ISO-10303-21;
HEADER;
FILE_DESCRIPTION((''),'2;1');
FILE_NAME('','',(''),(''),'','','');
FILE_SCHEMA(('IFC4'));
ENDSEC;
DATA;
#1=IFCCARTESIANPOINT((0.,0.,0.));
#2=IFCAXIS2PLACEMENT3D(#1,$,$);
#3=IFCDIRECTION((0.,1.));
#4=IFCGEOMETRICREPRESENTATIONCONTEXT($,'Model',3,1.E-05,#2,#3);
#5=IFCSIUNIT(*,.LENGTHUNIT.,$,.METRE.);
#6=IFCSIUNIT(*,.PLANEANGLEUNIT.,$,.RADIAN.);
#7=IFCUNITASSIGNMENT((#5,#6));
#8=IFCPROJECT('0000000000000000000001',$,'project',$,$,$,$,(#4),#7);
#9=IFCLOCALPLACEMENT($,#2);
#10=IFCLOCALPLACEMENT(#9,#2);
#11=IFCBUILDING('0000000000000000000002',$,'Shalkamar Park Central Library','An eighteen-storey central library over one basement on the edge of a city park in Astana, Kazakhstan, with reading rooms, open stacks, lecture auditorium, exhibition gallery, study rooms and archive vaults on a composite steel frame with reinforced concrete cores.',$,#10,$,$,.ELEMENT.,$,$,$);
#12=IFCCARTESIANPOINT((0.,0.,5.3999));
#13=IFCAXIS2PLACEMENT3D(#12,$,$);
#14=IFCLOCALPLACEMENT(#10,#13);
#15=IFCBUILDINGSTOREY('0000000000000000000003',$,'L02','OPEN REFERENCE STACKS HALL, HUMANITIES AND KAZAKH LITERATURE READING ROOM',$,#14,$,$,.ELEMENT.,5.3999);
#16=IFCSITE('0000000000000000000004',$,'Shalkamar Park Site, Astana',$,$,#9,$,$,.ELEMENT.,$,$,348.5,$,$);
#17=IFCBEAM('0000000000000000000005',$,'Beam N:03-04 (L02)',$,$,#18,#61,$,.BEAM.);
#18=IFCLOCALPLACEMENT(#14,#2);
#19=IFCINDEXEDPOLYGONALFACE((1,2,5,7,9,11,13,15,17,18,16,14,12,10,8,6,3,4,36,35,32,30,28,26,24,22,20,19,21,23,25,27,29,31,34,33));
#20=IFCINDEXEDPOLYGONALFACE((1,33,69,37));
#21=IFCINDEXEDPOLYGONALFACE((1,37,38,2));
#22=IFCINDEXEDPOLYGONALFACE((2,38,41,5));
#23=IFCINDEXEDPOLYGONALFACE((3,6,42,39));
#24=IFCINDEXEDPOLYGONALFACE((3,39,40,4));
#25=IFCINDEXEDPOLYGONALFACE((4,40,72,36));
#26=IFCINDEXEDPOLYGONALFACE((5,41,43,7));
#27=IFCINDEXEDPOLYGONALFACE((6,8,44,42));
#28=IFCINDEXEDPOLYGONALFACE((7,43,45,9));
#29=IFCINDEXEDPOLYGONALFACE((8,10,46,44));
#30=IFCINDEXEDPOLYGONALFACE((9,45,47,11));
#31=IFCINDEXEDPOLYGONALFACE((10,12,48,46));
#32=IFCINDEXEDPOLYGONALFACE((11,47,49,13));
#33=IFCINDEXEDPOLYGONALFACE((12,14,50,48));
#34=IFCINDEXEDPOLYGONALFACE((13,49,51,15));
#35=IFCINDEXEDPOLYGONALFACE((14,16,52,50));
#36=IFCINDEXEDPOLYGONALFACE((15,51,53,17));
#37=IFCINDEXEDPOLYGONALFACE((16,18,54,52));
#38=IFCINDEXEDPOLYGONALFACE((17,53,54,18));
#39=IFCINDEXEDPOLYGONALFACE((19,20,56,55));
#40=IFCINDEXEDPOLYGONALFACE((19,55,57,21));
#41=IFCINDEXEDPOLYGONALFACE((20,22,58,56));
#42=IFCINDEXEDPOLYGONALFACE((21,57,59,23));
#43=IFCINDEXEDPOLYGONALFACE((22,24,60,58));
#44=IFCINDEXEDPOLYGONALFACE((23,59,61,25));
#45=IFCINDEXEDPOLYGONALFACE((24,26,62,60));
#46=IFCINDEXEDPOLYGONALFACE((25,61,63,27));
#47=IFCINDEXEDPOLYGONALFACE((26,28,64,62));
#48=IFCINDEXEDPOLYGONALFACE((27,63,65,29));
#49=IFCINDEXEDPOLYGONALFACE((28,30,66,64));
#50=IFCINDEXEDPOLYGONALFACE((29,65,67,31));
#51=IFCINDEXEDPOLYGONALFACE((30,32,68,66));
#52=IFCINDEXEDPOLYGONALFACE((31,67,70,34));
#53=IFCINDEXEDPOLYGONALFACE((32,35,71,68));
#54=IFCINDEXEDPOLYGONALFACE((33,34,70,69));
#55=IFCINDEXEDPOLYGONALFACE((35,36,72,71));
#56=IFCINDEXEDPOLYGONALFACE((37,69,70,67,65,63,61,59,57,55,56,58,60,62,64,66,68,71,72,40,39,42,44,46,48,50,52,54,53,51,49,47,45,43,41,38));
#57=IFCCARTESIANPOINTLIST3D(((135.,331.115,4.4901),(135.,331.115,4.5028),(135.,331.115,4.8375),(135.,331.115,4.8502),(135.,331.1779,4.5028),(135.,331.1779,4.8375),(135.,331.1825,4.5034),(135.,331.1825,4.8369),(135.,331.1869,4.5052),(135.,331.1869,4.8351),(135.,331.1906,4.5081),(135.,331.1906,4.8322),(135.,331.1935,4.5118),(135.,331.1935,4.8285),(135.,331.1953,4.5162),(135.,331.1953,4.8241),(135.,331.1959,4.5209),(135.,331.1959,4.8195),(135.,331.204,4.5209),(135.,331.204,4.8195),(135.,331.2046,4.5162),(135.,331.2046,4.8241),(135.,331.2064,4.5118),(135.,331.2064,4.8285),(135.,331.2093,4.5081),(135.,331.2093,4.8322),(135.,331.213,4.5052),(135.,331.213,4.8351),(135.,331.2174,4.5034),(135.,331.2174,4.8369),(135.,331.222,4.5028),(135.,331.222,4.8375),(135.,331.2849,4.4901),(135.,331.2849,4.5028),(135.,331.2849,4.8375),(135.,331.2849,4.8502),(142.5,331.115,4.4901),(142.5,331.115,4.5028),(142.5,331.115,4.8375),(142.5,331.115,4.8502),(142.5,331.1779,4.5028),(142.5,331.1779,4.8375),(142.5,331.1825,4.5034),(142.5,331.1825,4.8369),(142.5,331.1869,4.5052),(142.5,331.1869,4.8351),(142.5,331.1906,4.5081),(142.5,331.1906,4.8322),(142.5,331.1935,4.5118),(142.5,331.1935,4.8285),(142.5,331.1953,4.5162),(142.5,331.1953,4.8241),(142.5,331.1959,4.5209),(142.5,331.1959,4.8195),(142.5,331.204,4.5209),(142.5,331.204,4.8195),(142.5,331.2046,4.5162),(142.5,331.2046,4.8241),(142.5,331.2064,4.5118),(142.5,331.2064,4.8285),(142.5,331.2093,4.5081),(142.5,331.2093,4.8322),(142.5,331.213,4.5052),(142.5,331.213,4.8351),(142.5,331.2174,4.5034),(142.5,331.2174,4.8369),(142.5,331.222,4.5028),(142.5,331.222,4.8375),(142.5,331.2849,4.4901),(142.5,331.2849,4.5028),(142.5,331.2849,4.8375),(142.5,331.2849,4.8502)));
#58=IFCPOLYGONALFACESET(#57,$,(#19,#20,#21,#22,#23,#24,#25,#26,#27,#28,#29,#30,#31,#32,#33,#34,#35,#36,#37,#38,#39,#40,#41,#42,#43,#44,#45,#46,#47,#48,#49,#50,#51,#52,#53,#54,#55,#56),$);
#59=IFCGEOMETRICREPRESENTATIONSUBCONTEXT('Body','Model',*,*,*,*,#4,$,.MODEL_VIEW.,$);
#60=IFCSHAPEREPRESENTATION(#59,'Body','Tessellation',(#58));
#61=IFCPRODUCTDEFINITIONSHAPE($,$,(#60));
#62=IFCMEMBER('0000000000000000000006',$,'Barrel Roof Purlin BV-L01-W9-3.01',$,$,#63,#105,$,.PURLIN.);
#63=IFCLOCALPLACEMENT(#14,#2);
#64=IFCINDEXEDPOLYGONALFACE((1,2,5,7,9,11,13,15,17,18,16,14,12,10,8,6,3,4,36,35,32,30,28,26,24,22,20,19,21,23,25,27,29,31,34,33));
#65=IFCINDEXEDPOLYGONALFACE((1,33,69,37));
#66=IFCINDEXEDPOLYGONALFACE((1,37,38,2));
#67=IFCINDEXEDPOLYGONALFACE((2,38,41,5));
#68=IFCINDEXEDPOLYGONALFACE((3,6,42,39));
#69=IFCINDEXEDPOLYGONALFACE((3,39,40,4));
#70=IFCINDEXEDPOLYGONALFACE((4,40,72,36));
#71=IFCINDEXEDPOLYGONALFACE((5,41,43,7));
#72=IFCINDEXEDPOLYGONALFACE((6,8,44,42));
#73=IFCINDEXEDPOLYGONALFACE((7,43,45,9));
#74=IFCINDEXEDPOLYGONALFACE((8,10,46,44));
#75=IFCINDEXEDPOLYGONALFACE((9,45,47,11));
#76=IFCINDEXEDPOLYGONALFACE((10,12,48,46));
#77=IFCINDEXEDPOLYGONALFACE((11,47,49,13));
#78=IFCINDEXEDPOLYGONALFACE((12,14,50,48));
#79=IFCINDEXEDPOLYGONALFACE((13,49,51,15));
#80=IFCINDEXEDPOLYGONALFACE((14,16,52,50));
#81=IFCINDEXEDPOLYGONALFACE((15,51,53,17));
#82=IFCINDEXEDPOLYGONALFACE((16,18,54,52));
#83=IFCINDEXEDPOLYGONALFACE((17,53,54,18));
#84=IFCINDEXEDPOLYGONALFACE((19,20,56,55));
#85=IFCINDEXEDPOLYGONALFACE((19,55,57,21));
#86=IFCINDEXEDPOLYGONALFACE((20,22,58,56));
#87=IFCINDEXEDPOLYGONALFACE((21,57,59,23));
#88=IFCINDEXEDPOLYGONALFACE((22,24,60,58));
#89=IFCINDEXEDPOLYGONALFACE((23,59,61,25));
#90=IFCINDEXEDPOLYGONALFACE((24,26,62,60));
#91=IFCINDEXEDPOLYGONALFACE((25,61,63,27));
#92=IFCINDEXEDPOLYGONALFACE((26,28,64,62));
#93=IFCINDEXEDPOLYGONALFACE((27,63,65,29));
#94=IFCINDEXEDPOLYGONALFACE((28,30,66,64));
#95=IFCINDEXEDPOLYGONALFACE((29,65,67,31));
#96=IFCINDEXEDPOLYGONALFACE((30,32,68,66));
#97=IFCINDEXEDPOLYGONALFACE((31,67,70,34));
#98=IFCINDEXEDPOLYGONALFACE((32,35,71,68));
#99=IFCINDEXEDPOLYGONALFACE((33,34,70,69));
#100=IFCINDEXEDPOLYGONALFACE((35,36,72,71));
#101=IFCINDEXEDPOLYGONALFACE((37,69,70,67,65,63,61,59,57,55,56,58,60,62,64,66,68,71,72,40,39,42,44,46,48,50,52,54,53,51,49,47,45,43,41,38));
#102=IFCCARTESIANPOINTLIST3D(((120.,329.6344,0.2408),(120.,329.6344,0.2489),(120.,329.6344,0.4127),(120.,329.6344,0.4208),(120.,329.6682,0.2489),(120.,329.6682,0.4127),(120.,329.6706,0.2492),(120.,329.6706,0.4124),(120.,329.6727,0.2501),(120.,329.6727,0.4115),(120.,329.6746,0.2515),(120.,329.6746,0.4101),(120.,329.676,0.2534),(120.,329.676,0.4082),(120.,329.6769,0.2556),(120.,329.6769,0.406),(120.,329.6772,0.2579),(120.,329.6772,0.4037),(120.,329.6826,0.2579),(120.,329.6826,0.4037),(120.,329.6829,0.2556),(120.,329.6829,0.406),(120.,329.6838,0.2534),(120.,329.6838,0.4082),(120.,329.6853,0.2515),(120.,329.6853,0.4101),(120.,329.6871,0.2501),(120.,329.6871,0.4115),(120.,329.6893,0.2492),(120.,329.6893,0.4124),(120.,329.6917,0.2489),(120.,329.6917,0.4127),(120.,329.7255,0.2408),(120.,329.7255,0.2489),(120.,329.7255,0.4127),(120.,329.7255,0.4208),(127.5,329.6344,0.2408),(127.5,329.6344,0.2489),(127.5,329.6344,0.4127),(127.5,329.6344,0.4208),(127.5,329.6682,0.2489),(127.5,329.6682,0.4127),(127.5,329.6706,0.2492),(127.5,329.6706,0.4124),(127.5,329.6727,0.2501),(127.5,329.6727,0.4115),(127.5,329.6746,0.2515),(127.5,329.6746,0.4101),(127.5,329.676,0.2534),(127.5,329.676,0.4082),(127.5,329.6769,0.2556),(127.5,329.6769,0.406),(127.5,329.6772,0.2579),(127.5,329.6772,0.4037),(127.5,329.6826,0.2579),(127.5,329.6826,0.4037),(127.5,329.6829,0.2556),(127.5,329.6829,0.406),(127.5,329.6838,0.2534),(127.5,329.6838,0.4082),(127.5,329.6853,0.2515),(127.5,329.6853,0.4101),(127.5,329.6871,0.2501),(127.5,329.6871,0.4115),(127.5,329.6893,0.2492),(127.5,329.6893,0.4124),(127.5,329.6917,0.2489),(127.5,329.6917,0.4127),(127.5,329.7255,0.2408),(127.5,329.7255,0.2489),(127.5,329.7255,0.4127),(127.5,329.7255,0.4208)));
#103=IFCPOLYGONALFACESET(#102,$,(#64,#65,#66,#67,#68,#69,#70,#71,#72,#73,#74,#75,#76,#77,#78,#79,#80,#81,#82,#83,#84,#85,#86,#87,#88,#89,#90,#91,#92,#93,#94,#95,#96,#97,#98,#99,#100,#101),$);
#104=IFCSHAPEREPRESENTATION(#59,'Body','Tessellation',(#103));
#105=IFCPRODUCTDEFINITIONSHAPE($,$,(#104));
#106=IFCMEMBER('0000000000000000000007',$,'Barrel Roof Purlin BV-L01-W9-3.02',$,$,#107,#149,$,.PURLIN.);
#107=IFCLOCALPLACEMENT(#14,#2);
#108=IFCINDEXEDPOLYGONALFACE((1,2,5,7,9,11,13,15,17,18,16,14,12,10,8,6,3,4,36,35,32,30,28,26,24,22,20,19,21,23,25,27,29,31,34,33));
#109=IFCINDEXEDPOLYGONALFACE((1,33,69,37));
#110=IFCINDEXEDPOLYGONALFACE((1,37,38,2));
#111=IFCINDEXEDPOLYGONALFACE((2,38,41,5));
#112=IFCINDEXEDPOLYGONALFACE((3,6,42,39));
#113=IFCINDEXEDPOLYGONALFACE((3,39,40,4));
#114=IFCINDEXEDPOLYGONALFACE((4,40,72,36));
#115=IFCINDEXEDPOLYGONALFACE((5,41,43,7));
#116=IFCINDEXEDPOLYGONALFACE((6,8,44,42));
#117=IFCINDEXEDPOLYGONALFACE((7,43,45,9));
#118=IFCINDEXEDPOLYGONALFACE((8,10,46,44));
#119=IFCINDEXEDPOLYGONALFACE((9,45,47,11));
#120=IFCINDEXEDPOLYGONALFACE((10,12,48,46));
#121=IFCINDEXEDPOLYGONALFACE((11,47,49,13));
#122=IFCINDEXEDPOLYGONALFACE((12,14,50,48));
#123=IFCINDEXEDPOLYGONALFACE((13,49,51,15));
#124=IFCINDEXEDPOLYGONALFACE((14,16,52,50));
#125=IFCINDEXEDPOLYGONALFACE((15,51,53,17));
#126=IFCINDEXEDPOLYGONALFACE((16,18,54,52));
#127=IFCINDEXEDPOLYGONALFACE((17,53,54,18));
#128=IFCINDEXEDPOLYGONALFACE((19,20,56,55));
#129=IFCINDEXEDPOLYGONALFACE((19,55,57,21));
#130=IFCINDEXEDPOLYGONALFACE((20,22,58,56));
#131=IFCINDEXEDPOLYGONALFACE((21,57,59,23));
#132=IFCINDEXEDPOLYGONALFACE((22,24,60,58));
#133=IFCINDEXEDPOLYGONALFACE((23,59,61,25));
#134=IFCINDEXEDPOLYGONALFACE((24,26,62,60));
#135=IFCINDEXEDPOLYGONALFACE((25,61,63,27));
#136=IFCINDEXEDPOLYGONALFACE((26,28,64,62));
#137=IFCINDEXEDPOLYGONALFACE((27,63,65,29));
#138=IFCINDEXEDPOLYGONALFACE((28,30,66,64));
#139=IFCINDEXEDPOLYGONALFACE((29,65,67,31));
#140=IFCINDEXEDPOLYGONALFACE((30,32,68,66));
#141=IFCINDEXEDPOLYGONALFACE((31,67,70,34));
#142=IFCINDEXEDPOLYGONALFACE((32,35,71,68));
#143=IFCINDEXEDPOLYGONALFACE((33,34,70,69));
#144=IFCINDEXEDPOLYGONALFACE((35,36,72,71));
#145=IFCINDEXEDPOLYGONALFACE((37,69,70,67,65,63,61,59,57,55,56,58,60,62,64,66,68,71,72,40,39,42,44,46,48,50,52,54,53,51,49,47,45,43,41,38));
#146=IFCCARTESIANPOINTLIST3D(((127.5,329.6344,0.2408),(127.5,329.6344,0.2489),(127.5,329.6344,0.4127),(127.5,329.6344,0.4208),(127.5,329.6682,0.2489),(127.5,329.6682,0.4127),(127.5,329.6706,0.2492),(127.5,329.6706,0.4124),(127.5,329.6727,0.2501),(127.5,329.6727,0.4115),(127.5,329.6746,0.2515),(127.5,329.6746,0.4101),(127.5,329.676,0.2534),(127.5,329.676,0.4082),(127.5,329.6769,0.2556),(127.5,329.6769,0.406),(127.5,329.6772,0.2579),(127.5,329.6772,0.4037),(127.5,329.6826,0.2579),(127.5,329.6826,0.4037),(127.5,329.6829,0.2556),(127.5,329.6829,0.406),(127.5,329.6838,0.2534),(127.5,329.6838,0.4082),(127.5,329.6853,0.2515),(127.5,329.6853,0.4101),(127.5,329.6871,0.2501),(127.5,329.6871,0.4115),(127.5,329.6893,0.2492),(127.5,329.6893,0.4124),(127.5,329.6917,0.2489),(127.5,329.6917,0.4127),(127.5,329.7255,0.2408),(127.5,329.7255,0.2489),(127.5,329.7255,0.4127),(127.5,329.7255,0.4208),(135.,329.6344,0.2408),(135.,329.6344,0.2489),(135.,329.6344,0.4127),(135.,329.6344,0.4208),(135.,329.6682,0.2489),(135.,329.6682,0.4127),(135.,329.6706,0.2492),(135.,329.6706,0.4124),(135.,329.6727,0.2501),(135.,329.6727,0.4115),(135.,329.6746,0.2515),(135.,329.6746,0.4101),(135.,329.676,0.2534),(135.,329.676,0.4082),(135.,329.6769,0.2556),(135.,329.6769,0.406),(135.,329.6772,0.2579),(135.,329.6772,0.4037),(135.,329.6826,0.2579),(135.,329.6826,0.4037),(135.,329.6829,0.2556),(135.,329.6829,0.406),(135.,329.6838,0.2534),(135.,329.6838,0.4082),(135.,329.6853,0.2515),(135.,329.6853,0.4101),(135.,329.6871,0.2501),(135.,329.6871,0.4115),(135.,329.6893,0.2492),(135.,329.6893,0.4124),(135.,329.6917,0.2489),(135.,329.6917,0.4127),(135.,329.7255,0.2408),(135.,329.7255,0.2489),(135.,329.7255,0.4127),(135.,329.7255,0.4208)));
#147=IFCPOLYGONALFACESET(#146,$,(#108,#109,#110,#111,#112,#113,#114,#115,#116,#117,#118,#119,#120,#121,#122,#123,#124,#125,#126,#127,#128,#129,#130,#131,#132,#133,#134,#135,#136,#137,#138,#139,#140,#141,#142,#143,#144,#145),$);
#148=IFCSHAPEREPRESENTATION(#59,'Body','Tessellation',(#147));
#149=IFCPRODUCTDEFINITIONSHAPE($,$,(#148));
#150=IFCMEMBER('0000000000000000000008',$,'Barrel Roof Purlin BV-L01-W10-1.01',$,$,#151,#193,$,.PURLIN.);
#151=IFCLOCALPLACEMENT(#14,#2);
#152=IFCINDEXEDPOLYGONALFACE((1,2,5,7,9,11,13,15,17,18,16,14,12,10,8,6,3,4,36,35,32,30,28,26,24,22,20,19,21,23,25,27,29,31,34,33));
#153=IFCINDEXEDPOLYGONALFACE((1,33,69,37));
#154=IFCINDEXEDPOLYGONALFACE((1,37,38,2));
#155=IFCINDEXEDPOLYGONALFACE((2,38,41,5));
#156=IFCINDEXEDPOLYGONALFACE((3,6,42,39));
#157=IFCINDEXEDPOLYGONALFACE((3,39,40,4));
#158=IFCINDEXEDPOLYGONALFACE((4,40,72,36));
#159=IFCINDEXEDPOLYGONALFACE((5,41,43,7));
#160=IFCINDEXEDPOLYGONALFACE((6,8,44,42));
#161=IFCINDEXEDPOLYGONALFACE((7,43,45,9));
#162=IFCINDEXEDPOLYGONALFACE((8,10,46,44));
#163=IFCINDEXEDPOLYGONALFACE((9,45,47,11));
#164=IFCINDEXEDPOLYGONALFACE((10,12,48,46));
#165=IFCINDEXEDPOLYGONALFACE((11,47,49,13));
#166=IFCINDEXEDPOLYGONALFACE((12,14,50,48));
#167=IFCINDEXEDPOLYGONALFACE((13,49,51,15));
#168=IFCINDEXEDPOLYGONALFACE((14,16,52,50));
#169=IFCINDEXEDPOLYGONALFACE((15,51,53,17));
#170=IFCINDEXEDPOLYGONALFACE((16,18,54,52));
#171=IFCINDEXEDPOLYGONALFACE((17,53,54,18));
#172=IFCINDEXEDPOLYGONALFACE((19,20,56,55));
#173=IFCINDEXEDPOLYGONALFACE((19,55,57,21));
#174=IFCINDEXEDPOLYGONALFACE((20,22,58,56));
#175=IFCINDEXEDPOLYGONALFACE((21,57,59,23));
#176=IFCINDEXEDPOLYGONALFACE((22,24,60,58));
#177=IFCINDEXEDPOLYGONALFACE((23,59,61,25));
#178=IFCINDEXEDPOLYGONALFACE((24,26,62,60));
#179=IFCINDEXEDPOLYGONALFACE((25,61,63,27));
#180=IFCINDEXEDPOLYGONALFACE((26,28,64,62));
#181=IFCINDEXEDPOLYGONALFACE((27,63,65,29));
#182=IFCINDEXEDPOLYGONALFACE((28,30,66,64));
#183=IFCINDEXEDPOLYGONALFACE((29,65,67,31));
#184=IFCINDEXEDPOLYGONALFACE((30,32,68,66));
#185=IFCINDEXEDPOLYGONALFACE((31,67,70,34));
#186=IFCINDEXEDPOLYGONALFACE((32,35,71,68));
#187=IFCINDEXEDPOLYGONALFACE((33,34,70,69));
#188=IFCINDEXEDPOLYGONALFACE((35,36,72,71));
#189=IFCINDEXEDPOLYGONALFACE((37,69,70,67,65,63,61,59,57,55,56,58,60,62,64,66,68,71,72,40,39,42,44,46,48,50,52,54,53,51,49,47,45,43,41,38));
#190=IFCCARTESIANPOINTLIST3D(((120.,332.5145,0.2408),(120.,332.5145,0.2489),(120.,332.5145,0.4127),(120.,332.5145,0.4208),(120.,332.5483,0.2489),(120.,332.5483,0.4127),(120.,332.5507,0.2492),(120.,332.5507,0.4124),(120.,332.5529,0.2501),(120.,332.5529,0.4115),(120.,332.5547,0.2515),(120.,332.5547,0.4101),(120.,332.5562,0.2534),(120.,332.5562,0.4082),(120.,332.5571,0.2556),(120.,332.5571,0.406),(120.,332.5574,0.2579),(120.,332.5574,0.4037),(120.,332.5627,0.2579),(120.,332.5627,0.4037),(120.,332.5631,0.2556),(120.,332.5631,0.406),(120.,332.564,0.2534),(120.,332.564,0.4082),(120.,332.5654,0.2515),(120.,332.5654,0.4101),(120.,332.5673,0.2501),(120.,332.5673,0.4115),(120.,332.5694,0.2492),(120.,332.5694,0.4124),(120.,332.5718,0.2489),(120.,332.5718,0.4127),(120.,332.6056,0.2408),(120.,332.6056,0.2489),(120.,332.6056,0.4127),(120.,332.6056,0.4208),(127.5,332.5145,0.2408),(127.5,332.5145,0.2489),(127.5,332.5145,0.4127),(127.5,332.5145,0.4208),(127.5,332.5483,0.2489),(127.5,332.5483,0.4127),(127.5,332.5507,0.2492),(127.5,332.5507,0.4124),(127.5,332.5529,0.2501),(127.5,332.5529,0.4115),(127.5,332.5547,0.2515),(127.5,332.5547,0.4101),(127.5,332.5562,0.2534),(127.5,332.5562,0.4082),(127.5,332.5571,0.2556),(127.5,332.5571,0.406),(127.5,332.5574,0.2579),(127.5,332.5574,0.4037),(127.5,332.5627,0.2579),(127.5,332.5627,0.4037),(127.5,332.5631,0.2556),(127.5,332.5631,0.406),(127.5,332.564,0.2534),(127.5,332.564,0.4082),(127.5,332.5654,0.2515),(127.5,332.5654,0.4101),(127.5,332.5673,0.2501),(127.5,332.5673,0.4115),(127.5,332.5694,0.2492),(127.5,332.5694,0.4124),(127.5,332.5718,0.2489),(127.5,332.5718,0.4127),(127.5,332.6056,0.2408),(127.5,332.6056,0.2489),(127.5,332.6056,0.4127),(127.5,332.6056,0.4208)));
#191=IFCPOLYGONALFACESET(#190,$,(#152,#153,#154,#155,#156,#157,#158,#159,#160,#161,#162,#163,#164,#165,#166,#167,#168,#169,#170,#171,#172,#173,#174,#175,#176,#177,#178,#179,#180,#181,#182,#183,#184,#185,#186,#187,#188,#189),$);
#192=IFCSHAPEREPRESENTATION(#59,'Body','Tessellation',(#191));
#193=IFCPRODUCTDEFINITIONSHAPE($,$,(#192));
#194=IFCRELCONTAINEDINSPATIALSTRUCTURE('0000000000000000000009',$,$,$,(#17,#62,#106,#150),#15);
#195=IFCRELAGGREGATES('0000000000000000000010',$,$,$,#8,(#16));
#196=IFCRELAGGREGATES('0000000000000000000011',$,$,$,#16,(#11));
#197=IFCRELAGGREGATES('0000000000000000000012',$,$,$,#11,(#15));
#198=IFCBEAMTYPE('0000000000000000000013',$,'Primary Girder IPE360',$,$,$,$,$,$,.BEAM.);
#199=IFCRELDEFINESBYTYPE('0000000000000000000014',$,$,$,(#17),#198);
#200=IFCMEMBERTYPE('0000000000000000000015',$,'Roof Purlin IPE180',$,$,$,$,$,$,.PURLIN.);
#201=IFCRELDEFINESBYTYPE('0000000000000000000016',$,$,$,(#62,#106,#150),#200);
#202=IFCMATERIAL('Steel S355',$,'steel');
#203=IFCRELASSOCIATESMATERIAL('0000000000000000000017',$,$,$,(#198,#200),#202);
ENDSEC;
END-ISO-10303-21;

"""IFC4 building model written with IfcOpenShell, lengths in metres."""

from ifc_helpers import new_model, si_unit, direction, frame, origin, origin_2d, place, context, subcontext, project, spatial, i_section, extrude, material, material_profile, profile_set, type_object, element, save


model = new_model("IFC4")

# Units and contexts
model_context = context("Model", 3, precision=1e-05, world=origin(), true_north=direction((0.0, 1.0)))
body_context = subcontext(model_context, "Body", "Model", "MODEL_VIEW")
ifc_project = project(units=[si_unit("LENGTHUNIT", "METRE"), si_unit("PLANEANGLEUNIT", "RADIAN")], contexts=[model_context])

# Site, building, storey
site_placement = place(None, origin())
site = spatial("IfcSite", under=ifc_project, at=site_placement, Name="Shalkamar Park Site, Astana", CompositionType="ELEMENT", RefElevation=348.5)
building_placement = place(site_placement, origin())
building = spatial("IfcBuilding", under=site, at=building_placement, Name="Shalkamar Park Central Library", Description="An eighteen-storey central library over one basement on the edge of a city park in Astana, Kazakhstan, with reading rooms, open stacks, lecture auditorium, exhibition gallery, study rooms and archive vaults on a composite steel frame with reinforced concrete cores.", CompositionType="ELEMENT")
storey_placement = place(building_placement, frame((0.0, 0.0, 5.3999)))
storey = spatial("IfcBuildingStorey", under=building, at=storey_placement, Name="L02", Description="OPEN REFERENCE STACKS HALL, HUMANITIES AND KAZAKH LITERATURE READING ROOM", CompositionType="ELEMENT", Elevation=5.3999)

# Shared definitions
ifc_material_1 = material(Name="Steel S355", Category="steel")

# Beam
ifc_material_profile_1 = material_profile(ifc_material_1, i_section(OverallWidth=0.1699, OverallDepth=0.3601, WebThickness=0.0081, FlangeThickness=0.0127, FilletRadius=0.0181, at=origin_2d()), Name="IPE 360")
ifc_profile_set_1 = profile_set([ifc_material_profile_1], Name="Steel S355")
beam_type_1 = type_object("IfcBeamType", Name="Primary Girder IPE360", PredefinedType="BEAM", material=ifc_profile_set_1)
beam_1_placement = place(storey_placement, frame((135.0, 331.2, 4.6702), z_axis=(1.0, 0.0, 0.0), x_axis=(0.0, 1.0, 0.0)))
element("IfcBeam", 1, at=beam_1_placement, inside=storey, type_object=beam_type_1, Name="Beam N:03-04 (L02)", PredefinedType="BEAM", context=body_context, shape_type="SweptSolid", body=[
    extrude(i_section(OverallWidth=0.1699, OverallDepth=0.3601, WebThickness=0.0081, FlangeThickness=0.0127, FilletRadius=0.0181, at=origin_2d()), origin(), (0.0, 0.0, 1.0), 7.5),
])

# Members
ifc_material_profile_2 = material_profile(ifc_material_1, i_section(OverallWidth=0.0911, OverallDepth=0.1799, WebThickness=0.0054, FlangeThickness=0.0081, FilletRadius=0.009, at=origin_2d()), Name="IPE 180")
ifc_profile_set_2 = profile_set([ifc_material_profile_2], Name="Steel S355")
member_type_1 = type_object("IfcMemberType", Name="Roof Purlin IPE180", PredefinedType="PURLIN", material=ifc_profile_set_2)
for number, where, z_axis, x_axis, name in (
    (2, (120.0, 329.6799, 0.3308), (1.0, 0.0, 0.0), (0.0, 1.0, 0.0), "Barrel Roof Purlin BV-L01-W9-3.01"),
    (3, (127.5, 329.6799, 0.3308), (1.0, 0.0, 0.0), (0.0, 1.0, 0.0), "Barrel Roof Purlin BV-L01-W9-3.02"),
    (4, (120.0, 332.5601, 0.3308), (1.0, 0.0, 0.0), (0.0, 1.0, 0.0), "Barrel Roof Purlin BV-L01-W10-1.01"),
):
    element("IfcMember", number, at=place(storey_placement, frame(where, z_axis=z_axis, x_axis=x_axis)), inside=storey, type_object=member_type_1, Name=name, PredefinedType="PURLIN", context=body_context, shape_type="SweptSolid", body=[
        extrude(i_section(OverallWidth=0.0911, OverallDepth=0.1799, WebThickness=0.0054, FlangeThickness=0.0081, FilletRadius=0.009, at=origin_2d()), origin(), (0.0, 0.0, 1.0), 7.5),
    ])

save(model, "model.ifc")
